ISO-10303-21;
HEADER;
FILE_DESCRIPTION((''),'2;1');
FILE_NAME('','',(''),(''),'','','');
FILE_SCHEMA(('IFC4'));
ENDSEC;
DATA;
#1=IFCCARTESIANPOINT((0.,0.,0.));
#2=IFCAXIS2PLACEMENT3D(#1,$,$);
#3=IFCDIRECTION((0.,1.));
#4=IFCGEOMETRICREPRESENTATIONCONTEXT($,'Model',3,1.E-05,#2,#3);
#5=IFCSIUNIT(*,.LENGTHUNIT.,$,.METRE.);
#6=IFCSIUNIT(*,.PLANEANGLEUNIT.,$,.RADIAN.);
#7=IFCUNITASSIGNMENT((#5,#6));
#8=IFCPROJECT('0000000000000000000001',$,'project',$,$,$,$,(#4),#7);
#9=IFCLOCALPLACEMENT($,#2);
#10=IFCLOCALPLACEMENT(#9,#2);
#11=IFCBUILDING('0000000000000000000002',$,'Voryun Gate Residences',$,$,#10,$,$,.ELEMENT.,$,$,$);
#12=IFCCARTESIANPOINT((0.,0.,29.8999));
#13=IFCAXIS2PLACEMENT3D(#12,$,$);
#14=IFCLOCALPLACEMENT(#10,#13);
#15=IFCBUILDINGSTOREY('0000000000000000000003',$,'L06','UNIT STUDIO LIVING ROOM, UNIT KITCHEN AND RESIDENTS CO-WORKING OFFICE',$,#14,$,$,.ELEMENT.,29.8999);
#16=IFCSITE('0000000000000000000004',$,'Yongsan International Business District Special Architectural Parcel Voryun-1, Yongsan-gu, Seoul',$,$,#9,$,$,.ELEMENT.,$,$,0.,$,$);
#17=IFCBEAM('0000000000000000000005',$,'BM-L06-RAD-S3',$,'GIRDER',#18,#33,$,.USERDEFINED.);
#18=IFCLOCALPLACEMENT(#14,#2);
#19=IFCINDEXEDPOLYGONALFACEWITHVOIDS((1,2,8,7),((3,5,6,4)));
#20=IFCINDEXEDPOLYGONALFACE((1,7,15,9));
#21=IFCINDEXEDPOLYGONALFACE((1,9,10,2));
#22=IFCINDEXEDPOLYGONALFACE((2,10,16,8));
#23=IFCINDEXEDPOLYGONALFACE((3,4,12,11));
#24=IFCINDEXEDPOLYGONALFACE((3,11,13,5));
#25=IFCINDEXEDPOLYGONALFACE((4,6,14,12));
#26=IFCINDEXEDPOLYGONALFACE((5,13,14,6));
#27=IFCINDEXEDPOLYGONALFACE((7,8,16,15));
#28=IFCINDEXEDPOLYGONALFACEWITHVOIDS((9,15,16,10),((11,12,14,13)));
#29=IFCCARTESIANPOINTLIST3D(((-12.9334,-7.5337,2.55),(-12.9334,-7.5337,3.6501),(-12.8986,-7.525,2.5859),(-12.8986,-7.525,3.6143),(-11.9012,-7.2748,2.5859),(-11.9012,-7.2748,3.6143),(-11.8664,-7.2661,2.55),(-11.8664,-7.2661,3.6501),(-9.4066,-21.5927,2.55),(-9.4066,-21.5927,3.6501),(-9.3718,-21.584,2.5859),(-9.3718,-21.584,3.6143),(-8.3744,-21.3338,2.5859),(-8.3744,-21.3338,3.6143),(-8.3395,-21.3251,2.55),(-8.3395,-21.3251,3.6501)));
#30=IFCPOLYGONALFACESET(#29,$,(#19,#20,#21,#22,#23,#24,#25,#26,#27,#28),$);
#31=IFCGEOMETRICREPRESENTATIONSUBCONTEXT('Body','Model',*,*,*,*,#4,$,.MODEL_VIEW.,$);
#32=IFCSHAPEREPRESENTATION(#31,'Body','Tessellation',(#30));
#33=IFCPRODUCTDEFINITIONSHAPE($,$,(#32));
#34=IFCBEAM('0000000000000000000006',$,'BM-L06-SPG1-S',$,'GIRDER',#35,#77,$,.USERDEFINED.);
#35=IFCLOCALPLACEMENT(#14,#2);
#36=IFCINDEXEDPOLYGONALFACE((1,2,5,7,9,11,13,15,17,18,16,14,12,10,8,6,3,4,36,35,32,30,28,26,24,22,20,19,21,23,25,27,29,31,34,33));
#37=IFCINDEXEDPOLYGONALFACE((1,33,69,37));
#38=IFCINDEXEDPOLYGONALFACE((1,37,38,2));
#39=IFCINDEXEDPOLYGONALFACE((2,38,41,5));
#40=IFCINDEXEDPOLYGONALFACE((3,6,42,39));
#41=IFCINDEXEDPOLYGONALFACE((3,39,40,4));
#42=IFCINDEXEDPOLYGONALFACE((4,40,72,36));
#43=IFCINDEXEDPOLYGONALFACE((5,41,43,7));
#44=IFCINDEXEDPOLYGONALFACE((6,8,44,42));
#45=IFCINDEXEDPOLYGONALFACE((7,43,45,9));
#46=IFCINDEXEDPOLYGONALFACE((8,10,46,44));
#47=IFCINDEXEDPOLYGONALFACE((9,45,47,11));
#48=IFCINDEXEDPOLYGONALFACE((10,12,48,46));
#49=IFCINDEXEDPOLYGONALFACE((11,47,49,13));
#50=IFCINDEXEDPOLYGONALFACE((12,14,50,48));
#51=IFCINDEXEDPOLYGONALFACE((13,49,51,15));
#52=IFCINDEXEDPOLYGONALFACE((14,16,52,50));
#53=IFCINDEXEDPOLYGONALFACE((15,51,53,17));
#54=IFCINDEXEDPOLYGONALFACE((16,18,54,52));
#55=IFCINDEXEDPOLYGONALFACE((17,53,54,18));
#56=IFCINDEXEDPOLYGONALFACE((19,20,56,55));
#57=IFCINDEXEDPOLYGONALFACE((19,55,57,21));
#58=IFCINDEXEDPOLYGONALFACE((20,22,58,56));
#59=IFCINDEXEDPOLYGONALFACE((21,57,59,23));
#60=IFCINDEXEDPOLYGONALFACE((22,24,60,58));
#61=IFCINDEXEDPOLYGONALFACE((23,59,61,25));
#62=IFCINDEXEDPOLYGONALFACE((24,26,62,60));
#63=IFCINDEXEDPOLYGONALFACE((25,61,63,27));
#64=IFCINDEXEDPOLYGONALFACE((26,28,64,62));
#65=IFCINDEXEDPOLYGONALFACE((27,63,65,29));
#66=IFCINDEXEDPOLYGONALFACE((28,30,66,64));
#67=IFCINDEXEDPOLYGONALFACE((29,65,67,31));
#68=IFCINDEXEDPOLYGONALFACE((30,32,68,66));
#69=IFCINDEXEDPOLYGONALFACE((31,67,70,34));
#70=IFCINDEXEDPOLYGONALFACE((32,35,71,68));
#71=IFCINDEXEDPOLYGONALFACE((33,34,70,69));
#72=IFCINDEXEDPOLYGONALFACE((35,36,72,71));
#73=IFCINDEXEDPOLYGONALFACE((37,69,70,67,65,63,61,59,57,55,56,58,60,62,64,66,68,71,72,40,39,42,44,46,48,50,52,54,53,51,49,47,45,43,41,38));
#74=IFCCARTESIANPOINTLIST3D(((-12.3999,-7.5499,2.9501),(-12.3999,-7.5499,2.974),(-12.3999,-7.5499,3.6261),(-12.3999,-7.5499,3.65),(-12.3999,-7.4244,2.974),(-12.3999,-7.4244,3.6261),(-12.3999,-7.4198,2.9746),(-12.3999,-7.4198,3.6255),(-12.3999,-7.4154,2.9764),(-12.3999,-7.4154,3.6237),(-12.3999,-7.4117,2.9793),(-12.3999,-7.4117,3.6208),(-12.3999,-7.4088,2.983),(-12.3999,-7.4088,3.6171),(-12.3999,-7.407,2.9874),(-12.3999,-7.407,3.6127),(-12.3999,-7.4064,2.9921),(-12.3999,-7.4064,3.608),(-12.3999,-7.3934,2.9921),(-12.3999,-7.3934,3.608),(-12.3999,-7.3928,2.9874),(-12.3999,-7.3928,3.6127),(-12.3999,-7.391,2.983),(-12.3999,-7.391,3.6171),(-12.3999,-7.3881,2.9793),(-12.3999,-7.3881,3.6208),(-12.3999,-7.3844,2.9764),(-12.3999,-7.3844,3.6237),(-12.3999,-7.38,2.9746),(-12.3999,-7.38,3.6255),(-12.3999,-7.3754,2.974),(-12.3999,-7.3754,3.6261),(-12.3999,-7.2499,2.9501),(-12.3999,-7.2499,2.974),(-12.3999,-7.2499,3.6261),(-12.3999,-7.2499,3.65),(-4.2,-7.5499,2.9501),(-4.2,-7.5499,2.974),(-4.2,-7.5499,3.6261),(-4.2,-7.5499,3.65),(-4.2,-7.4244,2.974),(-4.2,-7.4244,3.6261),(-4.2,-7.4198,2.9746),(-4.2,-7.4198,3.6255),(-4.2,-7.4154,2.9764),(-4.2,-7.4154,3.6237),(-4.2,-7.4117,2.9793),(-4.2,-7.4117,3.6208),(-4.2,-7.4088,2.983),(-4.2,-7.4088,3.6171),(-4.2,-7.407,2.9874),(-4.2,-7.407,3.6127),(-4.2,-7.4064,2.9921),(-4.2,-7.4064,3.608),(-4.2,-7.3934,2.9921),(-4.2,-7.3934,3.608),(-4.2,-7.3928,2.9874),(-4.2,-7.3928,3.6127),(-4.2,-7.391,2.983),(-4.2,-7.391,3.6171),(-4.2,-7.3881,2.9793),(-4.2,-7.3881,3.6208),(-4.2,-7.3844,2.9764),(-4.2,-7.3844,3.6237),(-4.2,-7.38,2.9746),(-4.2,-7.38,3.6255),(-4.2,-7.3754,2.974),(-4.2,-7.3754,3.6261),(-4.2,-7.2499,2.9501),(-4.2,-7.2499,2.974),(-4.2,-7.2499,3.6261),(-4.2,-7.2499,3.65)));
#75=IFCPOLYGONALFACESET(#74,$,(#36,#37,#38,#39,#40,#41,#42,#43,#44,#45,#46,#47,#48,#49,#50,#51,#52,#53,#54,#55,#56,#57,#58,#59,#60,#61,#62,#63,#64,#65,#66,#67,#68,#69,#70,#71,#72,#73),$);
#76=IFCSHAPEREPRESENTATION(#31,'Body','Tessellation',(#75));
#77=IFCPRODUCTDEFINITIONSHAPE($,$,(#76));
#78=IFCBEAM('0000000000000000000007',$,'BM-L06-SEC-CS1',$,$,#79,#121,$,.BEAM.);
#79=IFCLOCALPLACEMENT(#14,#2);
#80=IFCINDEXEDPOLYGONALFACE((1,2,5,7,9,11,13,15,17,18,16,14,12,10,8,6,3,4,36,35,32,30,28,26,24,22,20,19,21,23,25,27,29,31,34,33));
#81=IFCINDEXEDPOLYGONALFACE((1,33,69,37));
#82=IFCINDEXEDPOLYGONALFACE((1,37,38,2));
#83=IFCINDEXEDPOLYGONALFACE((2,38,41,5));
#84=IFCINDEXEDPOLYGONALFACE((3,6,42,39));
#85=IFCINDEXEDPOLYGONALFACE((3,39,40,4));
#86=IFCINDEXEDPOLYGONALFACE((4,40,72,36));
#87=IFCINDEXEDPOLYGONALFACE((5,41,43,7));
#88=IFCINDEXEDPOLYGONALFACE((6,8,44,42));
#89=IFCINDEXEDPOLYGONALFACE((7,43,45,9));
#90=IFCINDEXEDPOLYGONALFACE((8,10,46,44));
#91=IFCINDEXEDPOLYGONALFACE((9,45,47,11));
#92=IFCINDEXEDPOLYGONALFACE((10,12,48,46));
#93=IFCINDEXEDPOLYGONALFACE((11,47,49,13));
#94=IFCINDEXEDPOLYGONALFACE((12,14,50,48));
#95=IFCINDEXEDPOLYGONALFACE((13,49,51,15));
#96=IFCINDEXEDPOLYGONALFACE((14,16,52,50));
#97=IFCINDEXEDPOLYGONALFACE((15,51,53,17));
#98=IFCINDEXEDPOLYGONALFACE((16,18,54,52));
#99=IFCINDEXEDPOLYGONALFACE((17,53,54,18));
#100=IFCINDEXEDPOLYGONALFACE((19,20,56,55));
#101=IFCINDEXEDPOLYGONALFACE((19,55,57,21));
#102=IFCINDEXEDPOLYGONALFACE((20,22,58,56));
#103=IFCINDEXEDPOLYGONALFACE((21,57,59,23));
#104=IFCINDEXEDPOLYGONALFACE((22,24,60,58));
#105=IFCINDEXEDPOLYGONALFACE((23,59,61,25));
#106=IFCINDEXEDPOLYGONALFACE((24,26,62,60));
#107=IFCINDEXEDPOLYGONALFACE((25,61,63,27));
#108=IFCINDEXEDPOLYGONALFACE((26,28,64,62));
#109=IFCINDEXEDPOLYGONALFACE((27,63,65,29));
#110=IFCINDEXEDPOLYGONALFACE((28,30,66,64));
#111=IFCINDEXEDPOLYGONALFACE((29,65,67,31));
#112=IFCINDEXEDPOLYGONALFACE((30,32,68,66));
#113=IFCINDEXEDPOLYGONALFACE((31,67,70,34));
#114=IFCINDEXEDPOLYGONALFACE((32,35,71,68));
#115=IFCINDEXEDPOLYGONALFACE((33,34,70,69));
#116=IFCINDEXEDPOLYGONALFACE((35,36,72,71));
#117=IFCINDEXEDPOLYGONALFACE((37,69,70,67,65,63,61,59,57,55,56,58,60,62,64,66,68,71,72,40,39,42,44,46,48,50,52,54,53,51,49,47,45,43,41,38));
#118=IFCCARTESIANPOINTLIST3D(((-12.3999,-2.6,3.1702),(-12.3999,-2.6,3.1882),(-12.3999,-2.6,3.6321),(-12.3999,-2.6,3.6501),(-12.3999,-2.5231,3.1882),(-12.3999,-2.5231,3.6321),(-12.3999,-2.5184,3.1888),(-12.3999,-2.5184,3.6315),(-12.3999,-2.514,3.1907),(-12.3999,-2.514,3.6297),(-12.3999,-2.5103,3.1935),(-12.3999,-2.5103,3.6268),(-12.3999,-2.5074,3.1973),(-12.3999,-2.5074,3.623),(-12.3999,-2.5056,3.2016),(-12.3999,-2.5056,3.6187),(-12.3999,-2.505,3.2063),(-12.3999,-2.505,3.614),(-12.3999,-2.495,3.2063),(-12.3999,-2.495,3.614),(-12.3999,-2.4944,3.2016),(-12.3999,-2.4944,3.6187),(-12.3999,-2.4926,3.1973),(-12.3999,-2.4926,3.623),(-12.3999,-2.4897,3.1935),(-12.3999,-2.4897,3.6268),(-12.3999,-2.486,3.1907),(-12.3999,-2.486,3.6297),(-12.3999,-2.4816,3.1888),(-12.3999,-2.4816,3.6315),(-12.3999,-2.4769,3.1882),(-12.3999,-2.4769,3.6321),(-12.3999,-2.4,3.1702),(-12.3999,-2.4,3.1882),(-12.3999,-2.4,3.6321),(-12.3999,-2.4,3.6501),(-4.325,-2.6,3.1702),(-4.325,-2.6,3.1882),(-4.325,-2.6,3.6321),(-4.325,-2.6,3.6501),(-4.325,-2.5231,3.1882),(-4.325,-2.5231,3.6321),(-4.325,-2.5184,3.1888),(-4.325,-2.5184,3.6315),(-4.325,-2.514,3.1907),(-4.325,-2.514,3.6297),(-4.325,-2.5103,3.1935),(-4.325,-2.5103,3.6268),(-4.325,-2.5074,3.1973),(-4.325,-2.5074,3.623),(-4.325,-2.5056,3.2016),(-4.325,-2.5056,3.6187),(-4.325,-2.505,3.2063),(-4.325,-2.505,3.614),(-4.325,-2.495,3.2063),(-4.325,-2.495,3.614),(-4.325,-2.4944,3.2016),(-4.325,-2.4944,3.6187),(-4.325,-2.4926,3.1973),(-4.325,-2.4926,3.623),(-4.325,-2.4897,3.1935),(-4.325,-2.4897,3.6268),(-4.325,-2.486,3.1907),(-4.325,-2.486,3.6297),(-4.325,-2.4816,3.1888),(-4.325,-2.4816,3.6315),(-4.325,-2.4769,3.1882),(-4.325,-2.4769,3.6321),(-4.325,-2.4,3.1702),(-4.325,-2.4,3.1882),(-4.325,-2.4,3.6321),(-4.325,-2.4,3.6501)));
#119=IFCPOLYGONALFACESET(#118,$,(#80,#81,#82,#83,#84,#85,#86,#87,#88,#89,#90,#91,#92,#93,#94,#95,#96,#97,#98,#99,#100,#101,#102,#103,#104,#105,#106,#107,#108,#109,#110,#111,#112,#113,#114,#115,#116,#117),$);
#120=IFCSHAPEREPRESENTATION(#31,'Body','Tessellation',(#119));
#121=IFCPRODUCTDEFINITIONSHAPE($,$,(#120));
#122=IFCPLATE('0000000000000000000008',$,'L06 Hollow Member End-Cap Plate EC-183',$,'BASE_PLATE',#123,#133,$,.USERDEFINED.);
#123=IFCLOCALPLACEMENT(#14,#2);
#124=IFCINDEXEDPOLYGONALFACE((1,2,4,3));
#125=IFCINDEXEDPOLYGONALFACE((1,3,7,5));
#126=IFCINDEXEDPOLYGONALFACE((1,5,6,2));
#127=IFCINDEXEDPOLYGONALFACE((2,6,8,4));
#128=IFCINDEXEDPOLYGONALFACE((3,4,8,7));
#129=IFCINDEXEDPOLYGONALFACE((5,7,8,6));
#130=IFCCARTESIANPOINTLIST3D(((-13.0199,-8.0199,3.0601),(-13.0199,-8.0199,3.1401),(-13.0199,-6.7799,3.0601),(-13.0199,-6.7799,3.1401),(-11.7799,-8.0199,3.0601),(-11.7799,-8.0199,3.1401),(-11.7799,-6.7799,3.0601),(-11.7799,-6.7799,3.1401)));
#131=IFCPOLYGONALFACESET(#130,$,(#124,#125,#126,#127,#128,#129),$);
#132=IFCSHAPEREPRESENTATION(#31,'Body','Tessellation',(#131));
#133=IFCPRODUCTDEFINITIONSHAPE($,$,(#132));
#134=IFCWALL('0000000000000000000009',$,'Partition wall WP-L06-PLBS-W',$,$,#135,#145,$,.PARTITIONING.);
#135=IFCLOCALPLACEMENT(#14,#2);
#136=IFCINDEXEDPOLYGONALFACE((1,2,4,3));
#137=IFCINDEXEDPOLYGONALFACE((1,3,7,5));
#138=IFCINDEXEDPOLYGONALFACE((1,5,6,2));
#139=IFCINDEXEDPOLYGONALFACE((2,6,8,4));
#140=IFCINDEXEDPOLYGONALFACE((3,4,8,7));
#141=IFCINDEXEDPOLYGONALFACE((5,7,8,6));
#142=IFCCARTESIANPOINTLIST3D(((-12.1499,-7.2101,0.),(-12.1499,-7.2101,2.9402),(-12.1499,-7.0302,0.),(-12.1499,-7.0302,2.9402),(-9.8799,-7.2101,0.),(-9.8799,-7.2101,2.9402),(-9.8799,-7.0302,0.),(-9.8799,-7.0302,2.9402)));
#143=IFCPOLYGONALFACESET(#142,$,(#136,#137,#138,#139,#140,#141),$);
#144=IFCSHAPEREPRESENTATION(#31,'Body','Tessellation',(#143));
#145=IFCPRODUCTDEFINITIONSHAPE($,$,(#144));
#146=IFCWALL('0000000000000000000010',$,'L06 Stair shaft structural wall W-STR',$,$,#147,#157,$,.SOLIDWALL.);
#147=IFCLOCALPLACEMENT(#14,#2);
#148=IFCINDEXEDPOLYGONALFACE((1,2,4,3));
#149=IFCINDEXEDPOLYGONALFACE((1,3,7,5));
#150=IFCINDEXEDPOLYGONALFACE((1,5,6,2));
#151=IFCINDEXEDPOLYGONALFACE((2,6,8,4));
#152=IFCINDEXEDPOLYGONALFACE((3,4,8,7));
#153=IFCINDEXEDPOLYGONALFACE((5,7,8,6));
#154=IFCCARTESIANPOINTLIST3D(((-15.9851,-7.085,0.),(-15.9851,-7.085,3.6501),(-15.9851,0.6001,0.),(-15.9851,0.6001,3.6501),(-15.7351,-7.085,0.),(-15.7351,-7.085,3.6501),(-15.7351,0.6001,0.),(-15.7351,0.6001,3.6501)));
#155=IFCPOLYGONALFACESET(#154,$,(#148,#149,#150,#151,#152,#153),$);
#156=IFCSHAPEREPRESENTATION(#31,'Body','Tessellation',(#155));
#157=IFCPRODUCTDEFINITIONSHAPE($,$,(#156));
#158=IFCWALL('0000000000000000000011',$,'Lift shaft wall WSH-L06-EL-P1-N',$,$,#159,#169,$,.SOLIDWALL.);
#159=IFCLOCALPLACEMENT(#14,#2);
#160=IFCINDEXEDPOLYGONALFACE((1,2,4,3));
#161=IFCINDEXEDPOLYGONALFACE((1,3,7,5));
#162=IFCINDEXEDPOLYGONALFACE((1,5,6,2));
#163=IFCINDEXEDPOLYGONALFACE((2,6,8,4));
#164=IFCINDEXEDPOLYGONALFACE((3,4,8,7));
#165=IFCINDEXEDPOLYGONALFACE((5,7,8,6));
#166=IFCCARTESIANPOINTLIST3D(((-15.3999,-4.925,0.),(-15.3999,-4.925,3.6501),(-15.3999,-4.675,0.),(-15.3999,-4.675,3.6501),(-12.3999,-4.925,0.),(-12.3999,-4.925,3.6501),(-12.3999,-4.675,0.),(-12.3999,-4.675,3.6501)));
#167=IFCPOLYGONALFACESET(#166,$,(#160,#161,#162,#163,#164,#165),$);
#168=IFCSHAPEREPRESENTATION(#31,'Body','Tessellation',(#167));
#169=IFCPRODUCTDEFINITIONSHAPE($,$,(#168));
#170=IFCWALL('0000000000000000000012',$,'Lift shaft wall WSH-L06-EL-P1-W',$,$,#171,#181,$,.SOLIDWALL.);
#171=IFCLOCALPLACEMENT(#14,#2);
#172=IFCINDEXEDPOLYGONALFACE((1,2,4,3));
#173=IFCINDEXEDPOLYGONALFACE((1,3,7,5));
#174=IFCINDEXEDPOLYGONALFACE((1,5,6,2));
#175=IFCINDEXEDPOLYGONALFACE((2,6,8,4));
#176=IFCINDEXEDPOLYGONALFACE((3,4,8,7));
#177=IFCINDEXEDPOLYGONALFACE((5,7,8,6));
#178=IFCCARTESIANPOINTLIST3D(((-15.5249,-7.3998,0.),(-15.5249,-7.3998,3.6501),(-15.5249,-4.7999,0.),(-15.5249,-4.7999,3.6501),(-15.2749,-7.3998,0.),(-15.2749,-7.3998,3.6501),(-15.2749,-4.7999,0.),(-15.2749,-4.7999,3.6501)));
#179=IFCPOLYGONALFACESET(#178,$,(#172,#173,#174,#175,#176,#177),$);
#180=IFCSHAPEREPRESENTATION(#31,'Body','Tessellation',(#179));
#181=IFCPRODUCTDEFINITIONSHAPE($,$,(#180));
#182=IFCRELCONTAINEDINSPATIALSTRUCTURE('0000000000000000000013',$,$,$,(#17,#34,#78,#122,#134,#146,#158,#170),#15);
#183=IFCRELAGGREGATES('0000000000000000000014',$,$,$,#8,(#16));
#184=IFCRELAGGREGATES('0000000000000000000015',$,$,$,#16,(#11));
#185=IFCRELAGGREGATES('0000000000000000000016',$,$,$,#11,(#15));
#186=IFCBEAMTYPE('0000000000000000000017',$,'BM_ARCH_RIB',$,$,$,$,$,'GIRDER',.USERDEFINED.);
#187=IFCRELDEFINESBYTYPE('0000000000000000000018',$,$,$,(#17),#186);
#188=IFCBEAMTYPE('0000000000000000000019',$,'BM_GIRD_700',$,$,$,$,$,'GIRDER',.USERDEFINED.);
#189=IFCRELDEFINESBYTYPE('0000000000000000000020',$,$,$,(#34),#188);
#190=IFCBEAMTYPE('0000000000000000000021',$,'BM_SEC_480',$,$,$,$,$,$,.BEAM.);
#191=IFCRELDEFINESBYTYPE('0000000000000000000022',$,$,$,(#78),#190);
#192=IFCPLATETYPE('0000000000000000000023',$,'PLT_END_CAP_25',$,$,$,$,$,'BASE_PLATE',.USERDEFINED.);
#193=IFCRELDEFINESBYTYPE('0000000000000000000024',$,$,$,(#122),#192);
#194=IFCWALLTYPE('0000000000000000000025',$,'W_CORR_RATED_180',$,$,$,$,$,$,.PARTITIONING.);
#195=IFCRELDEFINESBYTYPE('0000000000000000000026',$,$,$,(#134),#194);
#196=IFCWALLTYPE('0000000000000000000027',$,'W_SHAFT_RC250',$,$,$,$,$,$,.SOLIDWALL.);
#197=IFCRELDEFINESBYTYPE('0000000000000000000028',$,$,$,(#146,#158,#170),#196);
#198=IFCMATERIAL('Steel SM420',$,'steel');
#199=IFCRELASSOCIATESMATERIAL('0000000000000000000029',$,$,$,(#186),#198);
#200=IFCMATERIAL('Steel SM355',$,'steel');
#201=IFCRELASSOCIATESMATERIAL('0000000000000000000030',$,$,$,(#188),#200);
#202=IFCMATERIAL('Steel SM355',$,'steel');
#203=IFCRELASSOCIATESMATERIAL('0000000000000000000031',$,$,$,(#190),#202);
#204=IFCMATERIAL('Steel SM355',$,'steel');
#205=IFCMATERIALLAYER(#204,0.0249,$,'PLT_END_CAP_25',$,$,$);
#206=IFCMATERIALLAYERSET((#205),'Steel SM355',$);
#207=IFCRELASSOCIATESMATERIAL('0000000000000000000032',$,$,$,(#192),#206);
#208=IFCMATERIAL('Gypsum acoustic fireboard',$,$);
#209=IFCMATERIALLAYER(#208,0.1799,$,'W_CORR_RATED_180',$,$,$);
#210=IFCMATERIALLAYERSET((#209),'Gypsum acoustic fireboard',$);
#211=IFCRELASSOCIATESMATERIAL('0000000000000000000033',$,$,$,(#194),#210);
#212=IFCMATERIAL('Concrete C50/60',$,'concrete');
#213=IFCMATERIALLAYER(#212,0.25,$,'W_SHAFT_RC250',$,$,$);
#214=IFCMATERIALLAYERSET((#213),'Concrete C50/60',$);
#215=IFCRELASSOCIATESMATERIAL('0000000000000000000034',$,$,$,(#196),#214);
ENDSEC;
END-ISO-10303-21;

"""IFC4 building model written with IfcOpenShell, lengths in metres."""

from ifc_helpers import new_model, si_unit, direction, frame, frame_2d, origin, origin_2d, place, context, subcontext, project, spatial, rectangle, hollow_rectangle, i_section, extrude, material, layer, layer_set, material_profile, profile_set, type_object, element, save


model = new_model("IFC4")

# Units and contexts
model_context = context("Model", 3, precision=1e-05, world=origin(), true_north=direction((0.0, 1.0)))
body_context = subcontext(model_context, "Body", "Model", "MODEL_VIEW")
ifc_project = project(units=[si_unit("LENGTHUNIT", "METRE"), si_unit("PLANEANGLEUNIT", "RADIAN")], contexts=[model_context])

# Site, building, storey
site_placement = place(None, origin())
site = spatial("IfcSite", under=ifc_project, at=site_placement, Name="Yongsan International Business District Special Architectural Parcel Voryun-1, Yongsan-gu, Seoul", CompositionType="ELEMENT", RefElevation=0.0)
building_placement = place(site_placement, origin())
building = spatial("IfcBuilding", under=site, at=building_placement, Name="Voryun Gate Residences", CompositionType="ELEMENT")
storey_placement = place(building_placement, frame((0.0, 0.0, 29.8999)))
storey = spatial("IfcBuildingStorey", under=building, at=storey_placement, Name="L06", Description="UNIT STUDIO LIVING ROOM, UNIT KITCHEN AND RESIDENTS CO-WORKING OFFICE", CompositionType="ELEMENT", Elevation=29.8999)

# Beams
ifc_material_1 = material(Name="Steel SM420", Category="steel")
ifc_material_profile_1 = material_profile(ifc_material_1, hollow_rectangle(XDim=1.1001, YDim=1.1001, WallThickness=0.0359, at=origin_2d()), Name="BOX-1100x1100x36")
ifc_profile_set_1 = profile_set([ifc_material_profile_1], Name="Steel SM420")
beam_type_1 = type_object("IfcBeamType", Name="BM_ARCH_RIB", ElementType="GIRDER", PredefinedType="USERDEFINED", material=ifc_profile_set_1)
beam_1_placement = place(storey_placement, frame((-12.3999, -7.3999, 3.1001), z_axis=(0.24332, -0.969946, 0.0), x_axis=(0.969946, 0.24332, 0.0)))
element("IfcBeam", 1, at=beam_1_placement, inside=storey, type_object=beam_type_1, Name="BM-L06-RAD-S3", ObjectType="GIRDER", PredefinedType="USERDEFINED", context=body_context, shape_type="SweptSolid", body=[
    extrude(hollow_rectangle(XDim=1.1001, YDim=1.1001, WallThickness=0.0359, at=origin_2d()), origin(), (0.0, 0.0, 1.0), 14.4946),
])
ifc_material_2 = material(Name="Steel SM355", Category="steel")
ifc_material_profile_2 = material_profile(ifc_material_2, i_section(OverallWidth=0.3, OverallDepth=0.7, WebThickness=0.0129, FlangeThickness=0.0239, FilletRadius=0.0181, at=origin_2d()), Name="H-700x300x13x24")
ifc_profile_set_2 = profile_set([ifc_material_profile_2], Name="Steel SM355")
beam_type_2 = type_object("IfcBeamType", Name="BM_GIRD_700", ElementType="GIRDER", PredefinedType="USERDEFINED", material=ifc_profile_set_2)
beam_2_placement = place(storey_placement, frame((-12.3999, -7.3999, 3.3), z_axis=(1.0, 0.0, 0.0), x_axis=(0.0, 1.0, 0.0)))
element("IfcBeam", 2, at=beam_2_placement, inside=storey, type_object=beam_type_2, Name="BM-L06-SPG1-S", ObjectType="GIRDER", PredefinedType="USERDEFINED", context=body_context, shape_type="SweptSolid", body=[
    extrude(i_section(OverallWidth=0.3, OverallDepth=0.7, WebThickness=0.0129, FlangeThickness=0.0239, FilletRadius=0.0181, at=origin_2d()), origin(), (0.0, 0.0, 1.0), 8.2),
])
ifc_material_3 = material(Name="Steel SM355", Category="steel")
ifc_material_profile_3 = material_profile(ifc_material_3, i_section(OverallWidth=0.2, OverallDepth=0.48, WebThickness=0.01, FlangeThickness=0.0181, FilletRadius=0.0181, at=origin_2d()), Name="H-480x200x10x18")
ifc_profile_set_3 = profile_set([ifc_material_profile_3], Name="Steel SM355")
beam_type_3 = type_object("IfcBeamType", Name="BM_SEC_480", PredefinedType="BEAM", material=ifc_profile_set_3)
beam_3_placement = place(storey_placement, frame((-12.3999, -2.5, 3.4102), z_axis=(1.0, 0.0, 0.0), x_axis=(0.0, 1.0, 0.0)))
element("IfcBeam", 3, at=beam_3_placement, inside=storey, type_object=beam_type_3, Name="BM-L06-SEC-CS1", PredefinedType="BEAM", context=body_context, shape_type="SweptSolid", body=[
    extrude(i_section(OverallWidth=0.2, OverallDepth=0.48, WebThickness=0.01, FlangeThickness=0.0181, FilletRadius=0.0181, at=origin_2d()), origin(), (0.0, 0.0, 1.0), 8.075),
])

# Plate
ifc_material_4 = material(Name="Steel SM355", Category="steel")
ifc_layer_1 = layer(ifc_material_4, 0.0249, Name="PLT_END_CAP_25")
ifc_layer_set_1 = layer_set([ifc_layer_1], Name="Steel SM355")
plate_type = type_object("IfcPlateType", Name="PLT_END_CAP_25", ElementType="BASE_PLATE", PredefinedType="USERDEFINED", material=ifc_layer_set_1)
plate_placement = place(storey_placement, frame((-12.3999, -7.3999, 3.0601), z_axis=(0.0, 0.0, 1.0), x_axis=(1.0, 0.0, 0.0)))
element("IfcPlate", 4, at=plate_placement, inside=storey, type_object=plate_type, Name="L06 Hollow Member End-Cap Plate EC-183", ObjectType="BASE_PLATE", PredefinedType="USERDEFINED", context=body_context, shape_type="SweptSolid", body=[
    extrude(rectangle(XDim=1.24, YDim=1.24, at=origin_2d()), origin(), (0.0, 0.0, 1.0), 0.0801),
])

# Walls
ifc_material_5 = material(Name="Gypsum acoustic fireboard")
ifc_layer_2 = layer(ifc_material_5, 0.1799, Name="W_CORR_RATED_180")
ifc_layer_set_2 = layer_set([ifc_layer_2], Name="Gypsum acoustic fireboard")
wall_type_1 = type_object("IfcWallType", Name="W_CORR_RATED_180", PredefinedType="PARTITIONING", material=ifc_layer_set_2)
wall_1_placement = place(storey_placement, frame((-12.1499, -7.1201, 0.0), z_axis=(0.0, 0.0, 1.0), x_axis=(1.0, 0.0, 0.0)))
element("IfcWall", 5, at=wall_1_placement, inside=storey, type_object=wall_type_1, Name="Partition wall WP-L06-PLBS-W", PredefinedType="PARTITIONING", context=body_context, shape_type="SweptSolid", body=[
    extrude(rectangle(XDim=2.27, YDim=0.1799, at=frame_2d((1.135, 0.0))), origin(), (0.0, 0.0, 1.0), 2.9402),
])
ifc_material_6 = material(Name="Concrete C50/60", Category="concrete")
ifc_layer_3 = layer(ifc_material_6, 0.25, Name="W_SHAFT_RC250")
ifc_layer_set_3 = layer_set([ifc_layer_3], Name="Concrete C50/60")
wall_type_2 = type_object("IfcWallType", Name="W_SHAFT_RC250", PredefinedType="SOLIDWALL", material=ifc_layer_set_3)
wall_2_placement = place(storey_placement, frame((-15.8601, -7.085, 0.0), z_axis=(0.0, 0.0, 1.0), x_axis=(0.0, 1.0, 0.0)))
element("IfcWall", 6, at=wall_2_placement, inside=storey, type_object=wall_type_2, Name="L06 Stair shaft structural wall W-STR", PredefinedType="SOLIDWALL", context=body_context, shape_type="SweptSolid", body=[
    extrude(rectangle(XDim=7.6851, YDim=0.25, at=frame_2d((3.8425, 0.0))), origin(), (0.0, 0.0, 1.0), 3.6501),
])
wall_3_placement = place(storey_placement, frame((-12.3999, -4.8, 0.0), z_axis=(0.0, 0.0, 1.0), x_axis=(-1.0, 0.0, 0.0)))
element("IfcWall", 7, at=wall_3_placement, inside=storey, type_object=wall_type_2, Name="Lift shaft wall WSH-L06-EL-P1-N", PredefinedType="SOLIDWALL", context=body_context, shape_type="SweptSolid", body=[
    extrude(rectangle(XDim=3.0, YDim=0.25, at=frame_2d((1.5, 0.0))), origin(), (0.0, 0.0, 1.0), 3.6501),
])
wall_4_placement = place(storey_placement, frame((-15.3999, -4.8, 0.0), z_axis=(0.0, 0.0, 1.0), x_axis=(0.0, -1.0, 0.0)))
element("IfcWall", 8, at=wall_4_placement, inside=storey, type_object=wall_type_2, Name="Lift shaft wall WSH-L06-EL-P1-W", PredefinedType="SOLIDWALL", context=body_context, shape_type="SweptSolid", body=[
    extrude(rectangle(XDim=2.5999, YDim=0.25, at=frame_2d((1.2998, 0.0))), origin(), (0.0, 0.0, 1.0), 3.6501),
])

save(model, "model.ifc")
